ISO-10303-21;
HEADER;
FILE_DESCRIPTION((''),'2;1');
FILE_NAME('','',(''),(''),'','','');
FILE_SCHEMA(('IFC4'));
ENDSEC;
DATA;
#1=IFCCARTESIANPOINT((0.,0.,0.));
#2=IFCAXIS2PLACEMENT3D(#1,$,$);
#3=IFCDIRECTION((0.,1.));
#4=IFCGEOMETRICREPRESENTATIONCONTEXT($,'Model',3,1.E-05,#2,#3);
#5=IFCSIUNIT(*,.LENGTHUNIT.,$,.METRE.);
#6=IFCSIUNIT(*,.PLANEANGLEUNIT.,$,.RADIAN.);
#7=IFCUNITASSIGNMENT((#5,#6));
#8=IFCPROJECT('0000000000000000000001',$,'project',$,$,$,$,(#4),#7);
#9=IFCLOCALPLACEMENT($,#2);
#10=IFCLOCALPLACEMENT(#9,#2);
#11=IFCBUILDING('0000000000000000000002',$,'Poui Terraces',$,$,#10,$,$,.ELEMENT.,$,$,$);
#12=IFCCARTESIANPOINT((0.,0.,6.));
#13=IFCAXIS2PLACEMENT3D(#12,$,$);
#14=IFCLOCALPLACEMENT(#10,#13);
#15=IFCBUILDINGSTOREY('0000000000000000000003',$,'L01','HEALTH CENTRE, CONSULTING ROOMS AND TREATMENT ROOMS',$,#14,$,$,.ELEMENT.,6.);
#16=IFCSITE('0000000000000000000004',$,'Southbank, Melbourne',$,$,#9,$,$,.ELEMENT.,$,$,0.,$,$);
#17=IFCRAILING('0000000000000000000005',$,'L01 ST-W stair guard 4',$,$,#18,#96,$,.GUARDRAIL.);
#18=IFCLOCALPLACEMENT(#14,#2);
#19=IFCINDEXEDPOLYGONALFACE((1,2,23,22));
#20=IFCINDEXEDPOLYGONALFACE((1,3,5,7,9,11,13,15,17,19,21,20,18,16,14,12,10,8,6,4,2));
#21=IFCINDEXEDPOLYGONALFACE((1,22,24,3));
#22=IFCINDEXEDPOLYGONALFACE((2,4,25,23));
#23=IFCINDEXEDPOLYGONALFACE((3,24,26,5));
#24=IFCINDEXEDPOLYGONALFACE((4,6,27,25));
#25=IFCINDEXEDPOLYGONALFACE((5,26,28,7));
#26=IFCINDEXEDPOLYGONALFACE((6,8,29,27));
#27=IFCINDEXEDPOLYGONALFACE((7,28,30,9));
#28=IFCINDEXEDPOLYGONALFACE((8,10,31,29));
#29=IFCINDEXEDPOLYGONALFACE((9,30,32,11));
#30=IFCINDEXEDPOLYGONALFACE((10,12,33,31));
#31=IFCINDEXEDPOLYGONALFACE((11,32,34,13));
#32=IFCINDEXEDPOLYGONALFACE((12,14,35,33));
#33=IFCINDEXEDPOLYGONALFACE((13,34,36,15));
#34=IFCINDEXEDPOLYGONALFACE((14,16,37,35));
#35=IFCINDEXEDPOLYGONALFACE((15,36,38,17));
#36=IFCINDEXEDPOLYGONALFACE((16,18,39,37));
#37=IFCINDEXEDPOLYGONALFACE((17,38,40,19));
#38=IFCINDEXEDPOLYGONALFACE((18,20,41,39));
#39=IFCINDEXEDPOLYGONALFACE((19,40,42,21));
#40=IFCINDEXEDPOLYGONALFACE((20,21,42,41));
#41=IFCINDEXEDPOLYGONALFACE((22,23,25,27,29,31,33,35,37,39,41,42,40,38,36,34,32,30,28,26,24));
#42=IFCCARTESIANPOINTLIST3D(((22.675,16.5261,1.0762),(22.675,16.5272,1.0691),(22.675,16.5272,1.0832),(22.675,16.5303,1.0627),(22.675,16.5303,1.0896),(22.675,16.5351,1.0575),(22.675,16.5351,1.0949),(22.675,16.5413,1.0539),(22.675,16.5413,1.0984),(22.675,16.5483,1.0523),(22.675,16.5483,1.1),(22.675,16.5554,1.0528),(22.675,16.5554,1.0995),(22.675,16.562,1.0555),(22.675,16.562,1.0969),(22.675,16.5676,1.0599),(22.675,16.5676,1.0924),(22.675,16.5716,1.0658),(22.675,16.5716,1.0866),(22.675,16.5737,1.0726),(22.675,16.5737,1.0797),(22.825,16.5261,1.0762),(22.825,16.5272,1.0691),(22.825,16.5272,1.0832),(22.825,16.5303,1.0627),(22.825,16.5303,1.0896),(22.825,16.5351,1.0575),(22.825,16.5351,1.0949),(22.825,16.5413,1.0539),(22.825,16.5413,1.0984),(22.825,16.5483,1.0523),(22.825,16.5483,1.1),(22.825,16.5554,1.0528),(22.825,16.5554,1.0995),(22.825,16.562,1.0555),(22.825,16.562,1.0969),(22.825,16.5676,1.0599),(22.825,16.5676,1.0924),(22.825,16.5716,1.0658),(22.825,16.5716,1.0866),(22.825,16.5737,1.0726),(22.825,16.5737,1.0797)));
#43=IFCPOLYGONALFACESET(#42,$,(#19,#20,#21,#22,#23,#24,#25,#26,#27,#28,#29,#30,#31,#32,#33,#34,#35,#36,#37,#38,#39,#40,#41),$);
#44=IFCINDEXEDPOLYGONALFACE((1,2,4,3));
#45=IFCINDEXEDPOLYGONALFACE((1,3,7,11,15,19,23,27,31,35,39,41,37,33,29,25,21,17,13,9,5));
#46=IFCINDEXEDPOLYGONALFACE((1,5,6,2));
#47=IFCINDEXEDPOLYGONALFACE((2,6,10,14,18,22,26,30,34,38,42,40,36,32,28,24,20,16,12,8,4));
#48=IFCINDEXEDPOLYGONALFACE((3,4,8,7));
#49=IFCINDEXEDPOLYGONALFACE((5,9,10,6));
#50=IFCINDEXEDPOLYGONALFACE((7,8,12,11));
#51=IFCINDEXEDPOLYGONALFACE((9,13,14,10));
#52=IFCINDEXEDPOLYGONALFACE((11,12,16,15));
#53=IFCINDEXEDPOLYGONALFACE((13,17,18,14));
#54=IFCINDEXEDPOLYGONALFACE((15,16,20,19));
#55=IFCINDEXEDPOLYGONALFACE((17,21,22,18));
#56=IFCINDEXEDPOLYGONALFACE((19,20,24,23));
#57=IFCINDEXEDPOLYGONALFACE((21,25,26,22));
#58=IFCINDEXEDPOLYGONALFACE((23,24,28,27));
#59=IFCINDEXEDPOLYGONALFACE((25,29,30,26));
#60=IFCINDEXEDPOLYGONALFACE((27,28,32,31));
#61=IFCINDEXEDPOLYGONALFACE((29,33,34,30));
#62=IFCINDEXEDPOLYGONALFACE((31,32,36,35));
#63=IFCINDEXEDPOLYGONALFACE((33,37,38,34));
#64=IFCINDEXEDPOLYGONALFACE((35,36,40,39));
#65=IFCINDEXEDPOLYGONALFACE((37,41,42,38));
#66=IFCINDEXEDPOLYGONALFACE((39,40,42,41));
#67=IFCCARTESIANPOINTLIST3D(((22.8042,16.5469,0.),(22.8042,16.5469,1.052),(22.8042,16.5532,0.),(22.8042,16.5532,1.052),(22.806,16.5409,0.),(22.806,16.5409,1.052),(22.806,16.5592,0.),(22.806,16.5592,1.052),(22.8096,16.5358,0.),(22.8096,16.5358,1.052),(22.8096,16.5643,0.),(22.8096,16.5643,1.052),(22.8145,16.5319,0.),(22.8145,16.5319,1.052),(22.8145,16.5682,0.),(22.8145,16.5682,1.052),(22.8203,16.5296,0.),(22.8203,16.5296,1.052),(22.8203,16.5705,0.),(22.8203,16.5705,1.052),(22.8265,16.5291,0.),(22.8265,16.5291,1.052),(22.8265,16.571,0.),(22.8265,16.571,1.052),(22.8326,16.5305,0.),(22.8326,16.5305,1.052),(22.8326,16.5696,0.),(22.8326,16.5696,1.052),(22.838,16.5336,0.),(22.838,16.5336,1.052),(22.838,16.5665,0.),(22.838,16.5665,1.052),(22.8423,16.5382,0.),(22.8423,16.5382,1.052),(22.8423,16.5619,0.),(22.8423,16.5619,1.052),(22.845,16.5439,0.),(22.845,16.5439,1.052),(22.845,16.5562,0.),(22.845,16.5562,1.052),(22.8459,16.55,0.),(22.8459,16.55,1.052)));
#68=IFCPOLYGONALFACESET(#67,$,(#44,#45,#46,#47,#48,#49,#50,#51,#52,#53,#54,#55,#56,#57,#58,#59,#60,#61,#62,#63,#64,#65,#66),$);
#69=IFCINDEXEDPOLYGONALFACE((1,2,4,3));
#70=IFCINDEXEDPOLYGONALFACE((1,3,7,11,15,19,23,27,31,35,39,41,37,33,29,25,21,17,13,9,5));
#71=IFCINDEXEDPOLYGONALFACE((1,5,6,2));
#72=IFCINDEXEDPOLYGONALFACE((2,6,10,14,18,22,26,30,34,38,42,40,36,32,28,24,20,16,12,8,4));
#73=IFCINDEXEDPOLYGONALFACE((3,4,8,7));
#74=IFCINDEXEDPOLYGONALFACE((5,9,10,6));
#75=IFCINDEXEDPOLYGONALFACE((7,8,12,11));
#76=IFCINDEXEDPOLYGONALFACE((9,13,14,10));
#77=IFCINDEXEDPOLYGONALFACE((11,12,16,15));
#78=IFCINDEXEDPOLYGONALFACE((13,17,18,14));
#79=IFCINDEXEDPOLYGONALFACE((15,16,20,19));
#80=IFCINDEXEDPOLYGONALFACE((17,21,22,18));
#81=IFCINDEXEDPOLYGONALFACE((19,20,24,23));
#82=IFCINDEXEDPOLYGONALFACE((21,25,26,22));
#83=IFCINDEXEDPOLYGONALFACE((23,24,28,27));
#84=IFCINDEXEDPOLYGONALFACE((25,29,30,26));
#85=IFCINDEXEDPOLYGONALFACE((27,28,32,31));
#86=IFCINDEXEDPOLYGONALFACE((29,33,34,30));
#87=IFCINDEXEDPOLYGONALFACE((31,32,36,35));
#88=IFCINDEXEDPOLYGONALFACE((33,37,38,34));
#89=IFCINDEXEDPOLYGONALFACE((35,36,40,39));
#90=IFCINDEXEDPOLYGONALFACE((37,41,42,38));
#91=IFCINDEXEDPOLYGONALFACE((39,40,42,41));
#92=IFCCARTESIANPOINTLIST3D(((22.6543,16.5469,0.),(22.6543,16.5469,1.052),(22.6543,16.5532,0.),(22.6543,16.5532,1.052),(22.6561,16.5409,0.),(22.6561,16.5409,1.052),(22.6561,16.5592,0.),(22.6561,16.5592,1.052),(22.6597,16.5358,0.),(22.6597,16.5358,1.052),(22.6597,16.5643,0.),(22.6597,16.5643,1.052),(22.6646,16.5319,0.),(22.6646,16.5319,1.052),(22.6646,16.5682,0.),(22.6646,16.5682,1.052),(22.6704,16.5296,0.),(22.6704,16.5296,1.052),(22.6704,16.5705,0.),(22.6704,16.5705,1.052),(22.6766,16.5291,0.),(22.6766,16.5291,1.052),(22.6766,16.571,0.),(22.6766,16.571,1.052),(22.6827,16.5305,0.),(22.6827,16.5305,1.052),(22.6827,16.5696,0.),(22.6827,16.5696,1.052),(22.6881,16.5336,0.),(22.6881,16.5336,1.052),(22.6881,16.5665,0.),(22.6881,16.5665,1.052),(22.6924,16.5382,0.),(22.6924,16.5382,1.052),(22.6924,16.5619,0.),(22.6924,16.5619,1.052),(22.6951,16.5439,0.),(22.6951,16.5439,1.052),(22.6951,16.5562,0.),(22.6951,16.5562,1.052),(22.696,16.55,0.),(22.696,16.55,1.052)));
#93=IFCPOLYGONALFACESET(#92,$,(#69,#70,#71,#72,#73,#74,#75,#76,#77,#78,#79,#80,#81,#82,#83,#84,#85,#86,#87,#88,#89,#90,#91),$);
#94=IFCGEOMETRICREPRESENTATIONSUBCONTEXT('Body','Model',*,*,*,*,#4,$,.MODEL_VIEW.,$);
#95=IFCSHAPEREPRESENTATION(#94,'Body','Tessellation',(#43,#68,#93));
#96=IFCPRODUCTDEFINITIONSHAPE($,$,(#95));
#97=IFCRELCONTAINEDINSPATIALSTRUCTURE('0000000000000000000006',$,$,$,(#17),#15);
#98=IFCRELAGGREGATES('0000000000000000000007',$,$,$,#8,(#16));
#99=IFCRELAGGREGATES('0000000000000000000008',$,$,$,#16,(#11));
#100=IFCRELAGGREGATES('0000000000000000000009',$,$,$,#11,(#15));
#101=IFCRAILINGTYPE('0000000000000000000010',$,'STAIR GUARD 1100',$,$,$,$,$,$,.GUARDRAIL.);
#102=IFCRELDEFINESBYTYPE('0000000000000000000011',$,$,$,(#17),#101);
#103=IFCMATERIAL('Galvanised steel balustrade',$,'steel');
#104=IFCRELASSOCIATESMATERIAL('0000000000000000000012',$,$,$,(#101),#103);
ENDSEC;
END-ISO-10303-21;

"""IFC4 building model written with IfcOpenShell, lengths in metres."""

from ifc_helpers import new_model, si_unit, direction, frame, origin, origin_2d, place, context, subcontext, project, spatial, circle, extrude, material, type_object, element, save


model = new_model("IFC4")

# Units and contexts
model_context = context("Model", 3, precision=1e-05, world=origin(), true_north=direction((0.0, 1.0)))
body_context = subcontext(model_context, "Body", "Model", "MODEL_VIEW")
ifc_project = project(units=[si_unit("LENGTHUNIT", "METRE"), si_unit("PLANEANGLEUNIT", "RADIAN")], contexts=[model_context])

# Site, building, storey
site_placement = place(None, origin())
site = spatial("IfcSite", under=ifc_project, at=site_placement, Name="Southbank, Melbourne", CompositionType="ELEMENT", RefElevation=0.0)
building_placement = place(site_placement, origin())
building = spatial("IfcBuilding", under=site, at=building_placement, Name="Poui Terraces", CompositionType="ELEMENT")
storey_placement = place(building_placement, frame((0.0, 0.0, 6.0)))
storey = spatial("IfcBuildingStorey", under=building, at=storey_placement, Name="L01", Description="HEALTH CENTRE, CONSULTING ROOMS AND TREATMENT ROOMS", CompositionType="ELEMENT", Elevation=6.0)

# Railing
ifc_material_1 = material(Name="Galvanised steel balustrade", Category="steel")
railing_type = type_object("IfcRailingType", Name="STAIR GUARD 1100", PredefinedType="GUARDRAIL", material=ifc_material_1)
for number, where, name in (
    (1, (22.825, 16.55, 0.0), "L01 ST-W stair guard 4"),
):
    element("IfcRailing", number, at=place(storey_placement, frame(where)), inside=storey, type_object=railing_type, Name=name, PredefinedType="GUARDRAIL", context=body_context, shape_type="SweptSolid", body=[
        extrude(circle(Radius=0.0239, at=origin_2d()), frame((0.0, 0.0, 1.0762), z_axis=(-1.0, 0.0, 0.0), x_axis=(0.0, -1.0, 0.0)), (0.0, 0.0, 1.0), 0.1499),
        extrude(circle(Radius=0.021, at=origin_2d()), origin(), (0.0, 0.0, 1.0), 1.052),
        extrude(circle(Radius=0.021, at=origin_2d()), frame((-0.1499, 0.0, 0.0)), (0.0, 0.0, 1.0), 1.052),
    ])

save(model, "model.ifc")
